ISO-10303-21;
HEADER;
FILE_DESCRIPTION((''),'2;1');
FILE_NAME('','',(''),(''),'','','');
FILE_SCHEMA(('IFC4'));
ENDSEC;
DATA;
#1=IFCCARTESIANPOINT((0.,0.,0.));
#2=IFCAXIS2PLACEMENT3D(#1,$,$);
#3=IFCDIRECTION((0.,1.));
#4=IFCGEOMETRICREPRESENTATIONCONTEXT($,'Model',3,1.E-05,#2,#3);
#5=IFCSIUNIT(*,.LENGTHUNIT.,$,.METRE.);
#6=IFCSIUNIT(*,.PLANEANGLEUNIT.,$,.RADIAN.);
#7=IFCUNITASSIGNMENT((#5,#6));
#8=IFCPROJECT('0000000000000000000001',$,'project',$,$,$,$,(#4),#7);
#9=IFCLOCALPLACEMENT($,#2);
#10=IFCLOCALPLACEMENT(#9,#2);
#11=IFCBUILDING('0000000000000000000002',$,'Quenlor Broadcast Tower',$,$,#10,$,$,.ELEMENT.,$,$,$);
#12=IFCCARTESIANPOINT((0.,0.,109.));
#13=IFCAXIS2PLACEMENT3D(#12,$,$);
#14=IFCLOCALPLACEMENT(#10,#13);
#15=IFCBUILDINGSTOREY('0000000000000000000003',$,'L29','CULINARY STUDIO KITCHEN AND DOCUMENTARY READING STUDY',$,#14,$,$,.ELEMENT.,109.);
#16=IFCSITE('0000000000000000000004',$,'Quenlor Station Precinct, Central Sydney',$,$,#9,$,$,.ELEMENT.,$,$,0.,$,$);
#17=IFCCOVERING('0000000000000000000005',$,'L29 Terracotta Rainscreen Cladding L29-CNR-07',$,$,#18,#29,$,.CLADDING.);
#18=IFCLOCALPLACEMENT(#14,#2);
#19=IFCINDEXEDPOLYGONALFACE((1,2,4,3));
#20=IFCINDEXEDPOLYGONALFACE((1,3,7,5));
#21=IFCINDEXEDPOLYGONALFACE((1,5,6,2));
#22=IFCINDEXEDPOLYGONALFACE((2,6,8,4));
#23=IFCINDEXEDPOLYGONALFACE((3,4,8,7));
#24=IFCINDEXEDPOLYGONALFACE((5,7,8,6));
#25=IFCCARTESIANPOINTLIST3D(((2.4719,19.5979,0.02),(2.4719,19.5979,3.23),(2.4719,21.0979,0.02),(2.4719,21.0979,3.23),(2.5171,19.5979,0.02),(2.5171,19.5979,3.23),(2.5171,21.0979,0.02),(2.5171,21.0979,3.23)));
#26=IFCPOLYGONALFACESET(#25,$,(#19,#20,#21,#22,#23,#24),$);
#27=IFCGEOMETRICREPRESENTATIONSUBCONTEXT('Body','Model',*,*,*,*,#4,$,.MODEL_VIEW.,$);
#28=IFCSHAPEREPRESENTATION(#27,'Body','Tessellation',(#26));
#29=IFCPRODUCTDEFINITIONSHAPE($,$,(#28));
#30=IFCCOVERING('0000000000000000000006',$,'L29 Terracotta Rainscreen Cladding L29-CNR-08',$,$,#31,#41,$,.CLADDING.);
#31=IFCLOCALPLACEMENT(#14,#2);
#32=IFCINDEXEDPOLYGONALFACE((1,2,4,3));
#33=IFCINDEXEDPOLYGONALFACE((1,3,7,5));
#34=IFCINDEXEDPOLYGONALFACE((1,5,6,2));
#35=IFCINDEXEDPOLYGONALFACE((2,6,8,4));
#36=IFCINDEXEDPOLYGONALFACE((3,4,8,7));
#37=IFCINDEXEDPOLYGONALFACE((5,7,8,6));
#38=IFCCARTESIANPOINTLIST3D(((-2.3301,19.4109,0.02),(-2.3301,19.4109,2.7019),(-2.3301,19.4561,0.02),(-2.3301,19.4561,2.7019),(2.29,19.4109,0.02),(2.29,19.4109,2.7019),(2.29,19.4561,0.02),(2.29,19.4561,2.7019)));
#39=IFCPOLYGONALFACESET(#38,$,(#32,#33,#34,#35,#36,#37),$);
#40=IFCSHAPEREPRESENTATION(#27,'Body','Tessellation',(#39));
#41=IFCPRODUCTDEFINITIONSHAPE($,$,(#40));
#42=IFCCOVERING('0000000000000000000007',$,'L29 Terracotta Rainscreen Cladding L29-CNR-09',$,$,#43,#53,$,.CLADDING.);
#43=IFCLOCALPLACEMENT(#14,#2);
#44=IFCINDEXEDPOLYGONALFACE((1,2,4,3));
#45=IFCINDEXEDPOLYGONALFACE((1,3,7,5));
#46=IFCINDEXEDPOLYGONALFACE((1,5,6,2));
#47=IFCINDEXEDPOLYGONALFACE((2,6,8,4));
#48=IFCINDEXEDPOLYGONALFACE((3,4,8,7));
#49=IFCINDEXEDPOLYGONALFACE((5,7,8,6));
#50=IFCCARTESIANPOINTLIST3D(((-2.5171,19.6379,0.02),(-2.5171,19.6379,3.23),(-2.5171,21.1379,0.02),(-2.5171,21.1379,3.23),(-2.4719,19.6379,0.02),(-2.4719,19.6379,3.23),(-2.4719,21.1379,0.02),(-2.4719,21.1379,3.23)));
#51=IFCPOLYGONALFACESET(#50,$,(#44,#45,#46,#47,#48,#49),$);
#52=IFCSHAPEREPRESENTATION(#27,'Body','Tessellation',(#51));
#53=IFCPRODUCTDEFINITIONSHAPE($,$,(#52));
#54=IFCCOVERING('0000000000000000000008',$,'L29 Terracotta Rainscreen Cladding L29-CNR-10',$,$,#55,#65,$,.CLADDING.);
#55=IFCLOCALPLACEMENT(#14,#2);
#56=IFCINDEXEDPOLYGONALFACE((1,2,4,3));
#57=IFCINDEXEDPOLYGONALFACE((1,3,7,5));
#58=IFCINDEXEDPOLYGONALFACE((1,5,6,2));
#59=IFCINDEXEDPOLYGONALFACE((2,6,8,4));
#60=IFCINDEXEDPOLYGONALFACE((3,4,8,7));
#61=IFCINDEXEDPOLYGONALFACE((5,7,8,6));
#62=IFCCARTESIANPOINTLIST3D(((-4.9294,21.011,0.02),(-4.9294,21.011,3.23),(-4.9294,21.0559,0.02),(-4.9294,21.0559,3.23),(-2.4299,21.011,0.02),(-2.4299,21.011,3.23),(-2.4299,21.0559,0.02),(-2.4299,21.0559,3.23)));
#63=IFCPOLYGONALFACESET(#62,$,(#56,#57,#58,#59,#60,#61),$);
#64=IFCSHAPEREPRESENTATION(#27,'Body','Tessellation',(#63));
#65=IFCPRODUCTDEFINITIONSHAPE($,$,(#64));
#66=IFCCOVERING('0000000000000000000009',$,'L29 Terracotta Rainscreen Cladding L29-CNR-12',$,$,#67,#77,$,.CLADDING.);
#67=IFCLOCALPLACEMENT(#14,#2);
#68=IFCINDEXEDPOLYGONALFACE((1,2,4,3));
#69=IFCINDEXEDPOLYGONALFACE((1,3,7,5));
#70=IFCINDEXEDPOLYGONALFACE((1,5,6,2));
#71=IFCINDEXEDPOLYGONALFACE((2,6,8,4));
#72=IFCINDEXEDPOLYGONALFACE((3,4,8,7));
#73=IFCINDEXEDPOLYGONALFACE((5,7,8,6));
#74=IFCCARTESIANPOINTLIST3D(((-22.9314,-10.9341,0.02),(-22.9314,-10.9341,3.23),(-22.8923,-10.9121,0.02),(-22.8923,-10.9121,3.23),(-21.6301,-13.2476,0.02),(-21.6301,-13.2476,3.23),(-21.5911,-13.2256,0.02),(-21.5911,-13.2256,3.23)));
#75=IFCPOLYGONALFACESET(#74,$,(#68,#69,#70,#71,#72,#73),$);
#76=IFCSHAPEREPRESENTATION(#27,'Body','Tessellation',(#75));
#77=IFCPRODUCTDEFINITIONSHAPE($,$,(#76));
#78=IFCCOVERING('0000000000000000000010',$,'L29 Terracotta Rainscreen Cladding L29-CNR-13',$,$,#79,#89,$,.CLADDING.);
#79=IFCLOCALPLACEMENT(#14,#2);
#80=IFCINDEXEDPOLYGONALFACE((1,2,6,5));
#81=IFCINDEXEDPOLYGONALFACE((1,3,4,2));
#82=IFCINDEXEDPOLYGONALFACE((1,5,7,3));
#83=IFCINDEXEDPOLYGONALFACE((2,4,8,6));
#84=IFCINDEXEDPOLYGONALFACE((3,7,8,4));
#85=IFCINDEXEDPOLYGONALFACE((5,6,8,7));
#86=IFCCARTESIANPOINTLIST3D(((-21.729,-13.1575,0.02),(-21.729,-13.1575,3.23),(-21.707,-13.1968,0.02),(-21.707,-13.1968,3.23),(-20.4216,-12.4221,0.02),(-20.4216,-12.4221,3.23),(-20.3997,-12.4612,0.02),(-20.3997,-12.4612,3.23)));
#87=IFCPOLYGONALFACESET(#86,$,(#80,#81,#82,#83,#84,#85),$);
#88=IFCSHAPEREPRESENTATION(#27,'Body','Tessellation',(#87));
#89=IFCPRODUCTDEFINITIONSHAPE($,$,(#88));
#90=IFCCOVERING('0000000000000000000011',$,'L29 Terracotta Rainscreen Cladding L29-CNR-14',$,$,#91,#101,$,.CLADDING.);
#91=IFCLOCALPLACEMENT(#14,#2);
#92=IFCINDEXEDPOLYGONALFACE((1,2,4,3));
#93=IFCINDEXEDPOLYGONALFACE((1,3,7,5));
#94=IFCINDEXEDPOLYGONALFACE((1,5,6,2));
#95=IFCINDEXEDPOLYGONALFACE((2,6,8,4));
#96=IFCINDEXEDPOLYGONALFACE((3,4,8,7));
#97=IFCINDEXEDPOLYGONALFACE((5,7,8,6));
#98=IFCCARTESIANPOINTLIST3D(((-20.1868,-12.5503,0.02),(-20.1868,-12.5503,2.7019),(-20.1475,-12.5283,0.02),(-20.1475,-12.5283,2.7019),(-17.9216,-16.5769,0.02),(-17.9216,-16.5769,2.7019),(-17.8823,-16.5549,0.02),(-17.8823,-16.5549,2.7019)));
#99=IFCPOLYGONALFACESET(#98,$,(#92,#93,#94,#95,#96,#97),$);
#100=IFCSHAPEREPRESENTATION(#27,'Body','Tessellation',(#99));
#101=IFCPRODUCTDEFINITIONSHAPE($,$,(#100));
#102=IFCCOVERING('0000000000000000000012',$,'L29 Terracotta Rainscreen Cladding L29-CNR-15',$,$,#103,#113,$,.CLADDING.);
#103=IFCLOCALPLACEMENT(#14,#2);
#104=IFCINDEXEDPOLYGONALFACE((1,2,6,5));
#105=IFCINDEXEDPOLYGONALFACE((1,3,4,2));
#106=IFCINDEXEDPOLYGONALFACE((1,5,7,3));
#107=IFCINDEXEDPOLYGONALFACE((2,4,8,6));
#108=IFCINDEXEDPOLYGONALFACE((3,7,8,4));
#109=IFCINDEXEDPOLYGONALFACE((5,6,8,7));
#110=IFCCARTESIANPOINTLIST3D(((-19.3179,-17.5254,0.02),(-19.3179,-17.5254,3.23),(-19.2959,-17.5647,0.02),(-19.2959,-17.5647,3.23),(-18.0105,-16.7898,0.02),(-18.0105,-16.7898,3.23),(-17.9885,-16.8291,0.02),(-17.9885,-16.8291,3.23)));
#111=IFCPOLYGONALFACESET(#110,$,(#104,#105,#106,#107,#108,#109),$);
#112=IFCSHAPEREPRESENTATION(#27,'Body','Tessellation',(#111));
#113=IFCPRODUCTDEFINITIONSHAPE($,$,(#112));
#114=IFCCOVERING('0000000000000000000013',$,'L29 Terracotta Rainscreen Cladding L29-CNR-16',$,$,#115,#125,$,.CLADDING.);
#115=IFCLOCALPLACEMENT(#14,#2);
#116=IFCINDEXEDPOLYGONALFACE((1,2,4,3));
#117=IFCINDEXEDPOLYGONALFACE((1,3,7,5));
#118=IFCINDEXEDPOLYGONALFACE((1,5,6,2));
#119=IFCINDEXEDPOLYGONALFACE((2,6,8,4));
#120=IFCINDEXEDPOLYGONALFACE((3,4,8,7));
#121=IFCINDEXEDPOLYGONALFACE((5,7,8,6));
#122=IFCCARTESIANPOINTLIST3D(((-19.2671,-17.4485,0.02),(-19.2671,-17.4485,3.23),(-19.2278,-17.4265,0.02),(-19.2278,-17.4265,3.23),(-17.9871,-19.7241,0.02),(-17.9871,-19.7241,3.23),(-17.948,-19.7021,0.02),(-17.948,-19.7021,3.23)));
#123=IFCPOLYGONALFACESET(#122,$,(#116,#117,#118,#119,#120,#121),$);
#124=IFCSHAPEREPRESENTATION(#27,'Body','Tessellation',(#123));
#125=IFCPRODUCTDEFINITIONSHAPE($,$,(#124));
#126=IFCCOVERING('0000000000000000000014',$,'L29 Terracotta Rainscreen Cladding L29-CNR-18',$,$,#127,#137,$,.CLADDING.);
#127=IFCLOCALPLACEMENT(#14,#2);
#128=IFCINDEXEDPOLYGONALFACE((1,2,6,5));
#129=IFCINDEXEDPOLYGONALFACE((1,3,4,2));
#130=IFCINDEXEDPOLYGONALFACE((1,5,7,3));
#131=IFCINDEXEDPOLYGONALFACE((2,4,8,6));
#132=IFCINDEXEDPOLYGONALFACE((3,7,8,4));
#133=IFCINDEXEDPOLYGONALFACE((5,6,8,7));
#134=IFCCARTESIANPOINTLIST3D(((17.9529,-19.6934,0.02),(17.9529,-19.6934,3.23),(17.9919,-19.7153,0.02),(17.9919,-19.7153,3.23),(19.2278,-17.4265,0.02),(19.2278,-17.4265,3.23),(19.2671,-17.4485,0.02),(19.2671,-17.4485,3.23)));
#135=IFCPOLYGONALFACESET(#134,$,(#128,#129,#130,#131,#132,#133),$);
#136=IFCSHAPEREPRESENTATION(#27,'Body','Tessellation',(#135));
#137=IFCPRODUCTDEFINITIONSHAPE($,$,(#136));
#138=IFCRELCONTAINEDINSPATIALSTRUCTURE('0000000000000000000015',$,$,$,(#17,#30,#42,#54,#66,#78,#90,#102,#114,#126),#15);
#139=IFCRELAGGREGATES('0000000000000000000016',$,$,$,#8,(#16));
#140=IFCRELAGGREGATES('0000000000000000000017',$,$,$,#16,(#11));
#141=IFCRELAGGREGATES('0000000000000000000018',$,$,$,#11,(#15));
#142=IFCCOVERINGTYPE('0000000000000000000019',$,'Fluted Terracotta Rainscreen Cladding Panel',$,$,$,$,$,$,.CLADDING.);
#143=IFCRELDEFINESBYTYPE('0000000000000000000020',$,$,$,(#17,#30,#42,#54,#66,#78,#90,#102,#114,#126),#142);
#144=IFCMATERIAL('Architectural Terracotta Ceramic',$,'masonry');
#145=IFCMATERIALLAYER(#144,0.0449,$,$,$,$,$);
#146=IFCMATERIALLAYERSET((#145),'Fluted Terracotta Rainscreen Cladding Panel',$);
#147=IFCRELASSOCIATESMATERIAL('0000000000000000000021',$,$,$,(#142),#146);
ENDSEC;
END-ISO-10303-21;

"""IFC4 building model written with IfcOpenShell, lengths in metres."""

from ifc_helpers import new_model, si_unit, direction, frame, origin, place, context, subcontext, project, spatial, polyline, outline, extrude, material, layer, layer_set, type_object, element, save


model = new_model("IFC4")

# Units and contexts
model_context = context("Model", 3, precision=1e-05, world=origin(), true_north=direction((0.0, 1.0)))
body_context = subcontext(model_context, "Body", "Model", "MODEL_VIEW")
ifc_project = project(units=[si_unit("LENGTHUNIT", "METRE"), si_unit("PLANEANGLEUNIT", "RADIAN")], contexts=[model_context])

# Site, building, storey
site_placement = place(None, origin())
site = spatial("IfcSite", under=ifc_project, at=site_placement, Name="Quenlor Station Precinct, Central Sydney", CompositionType="ELEMENT", RefElevation=0.0)
building_placement = place(site_placement, origin())
building = spatial("IfcBuilding", under=site, at=building_placement, Name="Quenlor Broadcast Tower", CompositionType="ELEMENT")
storey_placement = place(building_placement, frame((0.0, 0.0, 109.0)))
storey = spatial("IfcBuildingStorey", under=building, at=storey_placement, Name="L29", Description="CULINARY STUDIO KITCHEN AND DOCUMENTARY READING STUDY", CompositionType="ELEMENT", Elevation=109.0)

# Coverings
ifc_material_1 = material(Name="Architectural Terracotta Ceramic", Category="masonry")
ifc_layer_1 = layer(ifc_material_1, 0.0449)
ifc_layer_set_1 = layer_set([ifc_layer_1], Name="Fluted Terracotta Rainscreen Cladding Panel")
covering_type_1 = type_object("IfcCoveringType", Name="Fluted Terracotta Rainscreen Cladding Panel", PredefinedType="CLADDING", material=ifc_layer_set_1)
covering_1_placement = place(storey_placement, frame((0.0, 0.0, 0.02)))
element("IfcCovering", 1, at=covering_1_placement, inside=storey, type_object=covering_type_1, Name="L29 Terracotta Rainscreen Cladding L29-CNR-07", PredefinedType="CLADDING", context=body_context, shape_type="SweptSolid", body=[
    extrude(outline(polyline([(2.4719, 21.0979), (2.4719, 19.5979), (2.5171, 19.5979), (2.5171, 21.0979), (2.4719, 21.0979)])), origin(), (0.0, 0.0, 1.0), 3.21),
])
covering_2_placement = place(storey_placement, frame((0.0, 0.0, 0.02)))
element("IfcCovering", 2, at=covering_2_placement, inside=storey, type_object=covering_type_1, Name="L29 Terracotta Rainscreen Cladding L29-CNR-08", PredefinedType="CLADDING", context=body_context, shape_type="SweptSolid", body=[
    extrude(outline(polyline([(2.29, 19.4561), (-2.3301, 19.4561), (-2.3301, 19.4109), (2.29, 19.4109), (2.29, 19.4561)])), origin(), (0.0, 0.0, 1.0), 2.6819),
])
covering_3_placement = place(storey_placement, frame((0.0, 0.0, 0.02)))
element("IfcCovering", 3, at=covering_3_placement, inside=storey, type_object=covering_type_1, Name="L29 Terracotta Rainscreen Cladding L29-CNR-09", PredefinedType="CLADDING", context=body_context, shape_type="SweptSolid", body=[
    extrude(outline(polyline([(-2.4719, 19.6379), (-2.4719, 21.1379), (-2.5171, 21.1379), (-2.5171, 19.6379), (-2.4719, 19.6379)])), origin(), (0.0, 0.0, 1.0), 3.21),
])
covering_4_placement = place(storey_placement, frame((0.0, 0.0, 0.02)))
element("IfcCovering", 4, at=covering_4_placement, inside=storey, type_object=covering_type_1, Name="L29 Terracotta Rainscreen Cladding L29-CNR-10", PredefinedType="CLADDING", context=body_context, shape_type="SweptSolid", body=[
    extrude(outline(polyline([(-2.4299, 21.0559), (-4.9294, 21.0559), (-4.9294, 21.011), (-2.4299, 21.011), (-2.4299, 21.0559)])), origin(), (0.0, 0.0, 1.0), 3.21),
])
covering_5_placement = place(storey_placement, frame((0.0, 0.0, 0.02)))
element("IfcCovering", 5, at=covering_5_placement, inside=storey, type_object=covering_type_1, Name="L29 Terracotta Rainscreen Cladding L29-CNR-12", PredefinedType="CLADDING", context=body_context, shape_type="SweptSolid", body=[
    extrude(outline(polyline([(-22.9314, -10.9341), (-21.6301, -13.2476), (-21.5911, -13.2256), (-22.8923, -10.9121), (-22.9314, -10.9341)])), origin(), (0.0, 0.0, 1.0), 3.21),
])
covering_6_placement = place(storey_placement, frame((0.0, 0.0, 0.02)))
element("IfcCovering", 6, at=covering_6_placement, inside=storey, type_object=covering_type_1, Name="L29 Terracotta Rainscreen Cladding L29-CNR-13", PredefinedType="CLADDING", context=body_context, shape_type="SweptSolid", body=[
    extrude(outline(polyline([(-21.707, -13.1968), (-20.3997, -12.4612), (-20.4216, -12.4221), (-21.729, -13.1575), (-21.707, -13.1968)])), origin(), (0.0, 0.0, 1.0), 3.21),
])
covering_7_placement = place(storey_placement, frame((0.0, 0.0, 0.02)))
element("IfcCovering", 7, at=covering_7_placement, inside=storey, type_object=covering_type_1, Name="L29 Terracotta Rainscreen Cladding L29-CNR-14", PredefinedType="CLADDING", context=body_context, shape_type="SweptSolid", body=[
    extrude(outline(polyline([(-20.1868, -12.5503), (-17.9216, -16.5769), (-17.8823, -16.5549), (-20.1475, -12.5283), (-20.1868, -12.5503)])), origin(), (0.0, 0.0, 1.0), 2.6819),
])
covering_8_placement = place(storey_placement, frame((0.0, 0.0, 0.02)))
element("IfcCovering", 8, at=covering_8_placement, inside=storey, type_object=covering_type_1, Name="L29 Terracotta Rainscreen Cladding L29-CNR-15", PredefinedType="CLADDING", context=body_context, shape_type="SweptSolid", body=[
    extrude(outline(polyline([(-18.0105, -16.7898), (-19.3179, -17.5254), (-19.2959, -17.5647), (-17.9885, -16.8291), (-18.0105, -16.7898)])), origin(), (0.0, 0.0, 1.0), 3.21),
])
covering_9_placement = place(storey_placement, frame((0.0, 0.0, 0.02)))
element("IfcCovering", 9, at=covering_9_placement, inside=storey, type_object=covering_type_1, Name="L29 Terracotta Rainscreen Cladding L29-CNR-16", PredefinedType="CLADDING", context=body_context, shape_type="SweptSolid", body=[
    extrude(outline(polyline([(-19.2671, -17.4485), (-17.9871, -19.7241), (-17.948, -19.7021), (-19.2278, -17.4265), (-19.2671, -17.4485)])), origin(), (0.0, 0.0, 1.0), 3.21),
])
covering_10_placement = place(storey_placement, frame((0.0, 0.0, 0.02)))
element("IfcCovering", 10, at=covering_10_placement, inside=storey, type_object=covering_type_1, Name="L29 Terracotta Rainscreen Cladding L29-CNR-18", PredefinedType="CLADDING", context=body_context, shape_type="SweptSolid", body=[
    extrude(outline(polyline([(17.9919, -19.7153), (19.2671, -17.4485), (19.2278, -17.4265), (17.9529, -19.6934), (17.9919, -19.7153)])), origin(), (0.0, 0.0, 1.0), 3.21),
])

save(model, "model.ifc")
